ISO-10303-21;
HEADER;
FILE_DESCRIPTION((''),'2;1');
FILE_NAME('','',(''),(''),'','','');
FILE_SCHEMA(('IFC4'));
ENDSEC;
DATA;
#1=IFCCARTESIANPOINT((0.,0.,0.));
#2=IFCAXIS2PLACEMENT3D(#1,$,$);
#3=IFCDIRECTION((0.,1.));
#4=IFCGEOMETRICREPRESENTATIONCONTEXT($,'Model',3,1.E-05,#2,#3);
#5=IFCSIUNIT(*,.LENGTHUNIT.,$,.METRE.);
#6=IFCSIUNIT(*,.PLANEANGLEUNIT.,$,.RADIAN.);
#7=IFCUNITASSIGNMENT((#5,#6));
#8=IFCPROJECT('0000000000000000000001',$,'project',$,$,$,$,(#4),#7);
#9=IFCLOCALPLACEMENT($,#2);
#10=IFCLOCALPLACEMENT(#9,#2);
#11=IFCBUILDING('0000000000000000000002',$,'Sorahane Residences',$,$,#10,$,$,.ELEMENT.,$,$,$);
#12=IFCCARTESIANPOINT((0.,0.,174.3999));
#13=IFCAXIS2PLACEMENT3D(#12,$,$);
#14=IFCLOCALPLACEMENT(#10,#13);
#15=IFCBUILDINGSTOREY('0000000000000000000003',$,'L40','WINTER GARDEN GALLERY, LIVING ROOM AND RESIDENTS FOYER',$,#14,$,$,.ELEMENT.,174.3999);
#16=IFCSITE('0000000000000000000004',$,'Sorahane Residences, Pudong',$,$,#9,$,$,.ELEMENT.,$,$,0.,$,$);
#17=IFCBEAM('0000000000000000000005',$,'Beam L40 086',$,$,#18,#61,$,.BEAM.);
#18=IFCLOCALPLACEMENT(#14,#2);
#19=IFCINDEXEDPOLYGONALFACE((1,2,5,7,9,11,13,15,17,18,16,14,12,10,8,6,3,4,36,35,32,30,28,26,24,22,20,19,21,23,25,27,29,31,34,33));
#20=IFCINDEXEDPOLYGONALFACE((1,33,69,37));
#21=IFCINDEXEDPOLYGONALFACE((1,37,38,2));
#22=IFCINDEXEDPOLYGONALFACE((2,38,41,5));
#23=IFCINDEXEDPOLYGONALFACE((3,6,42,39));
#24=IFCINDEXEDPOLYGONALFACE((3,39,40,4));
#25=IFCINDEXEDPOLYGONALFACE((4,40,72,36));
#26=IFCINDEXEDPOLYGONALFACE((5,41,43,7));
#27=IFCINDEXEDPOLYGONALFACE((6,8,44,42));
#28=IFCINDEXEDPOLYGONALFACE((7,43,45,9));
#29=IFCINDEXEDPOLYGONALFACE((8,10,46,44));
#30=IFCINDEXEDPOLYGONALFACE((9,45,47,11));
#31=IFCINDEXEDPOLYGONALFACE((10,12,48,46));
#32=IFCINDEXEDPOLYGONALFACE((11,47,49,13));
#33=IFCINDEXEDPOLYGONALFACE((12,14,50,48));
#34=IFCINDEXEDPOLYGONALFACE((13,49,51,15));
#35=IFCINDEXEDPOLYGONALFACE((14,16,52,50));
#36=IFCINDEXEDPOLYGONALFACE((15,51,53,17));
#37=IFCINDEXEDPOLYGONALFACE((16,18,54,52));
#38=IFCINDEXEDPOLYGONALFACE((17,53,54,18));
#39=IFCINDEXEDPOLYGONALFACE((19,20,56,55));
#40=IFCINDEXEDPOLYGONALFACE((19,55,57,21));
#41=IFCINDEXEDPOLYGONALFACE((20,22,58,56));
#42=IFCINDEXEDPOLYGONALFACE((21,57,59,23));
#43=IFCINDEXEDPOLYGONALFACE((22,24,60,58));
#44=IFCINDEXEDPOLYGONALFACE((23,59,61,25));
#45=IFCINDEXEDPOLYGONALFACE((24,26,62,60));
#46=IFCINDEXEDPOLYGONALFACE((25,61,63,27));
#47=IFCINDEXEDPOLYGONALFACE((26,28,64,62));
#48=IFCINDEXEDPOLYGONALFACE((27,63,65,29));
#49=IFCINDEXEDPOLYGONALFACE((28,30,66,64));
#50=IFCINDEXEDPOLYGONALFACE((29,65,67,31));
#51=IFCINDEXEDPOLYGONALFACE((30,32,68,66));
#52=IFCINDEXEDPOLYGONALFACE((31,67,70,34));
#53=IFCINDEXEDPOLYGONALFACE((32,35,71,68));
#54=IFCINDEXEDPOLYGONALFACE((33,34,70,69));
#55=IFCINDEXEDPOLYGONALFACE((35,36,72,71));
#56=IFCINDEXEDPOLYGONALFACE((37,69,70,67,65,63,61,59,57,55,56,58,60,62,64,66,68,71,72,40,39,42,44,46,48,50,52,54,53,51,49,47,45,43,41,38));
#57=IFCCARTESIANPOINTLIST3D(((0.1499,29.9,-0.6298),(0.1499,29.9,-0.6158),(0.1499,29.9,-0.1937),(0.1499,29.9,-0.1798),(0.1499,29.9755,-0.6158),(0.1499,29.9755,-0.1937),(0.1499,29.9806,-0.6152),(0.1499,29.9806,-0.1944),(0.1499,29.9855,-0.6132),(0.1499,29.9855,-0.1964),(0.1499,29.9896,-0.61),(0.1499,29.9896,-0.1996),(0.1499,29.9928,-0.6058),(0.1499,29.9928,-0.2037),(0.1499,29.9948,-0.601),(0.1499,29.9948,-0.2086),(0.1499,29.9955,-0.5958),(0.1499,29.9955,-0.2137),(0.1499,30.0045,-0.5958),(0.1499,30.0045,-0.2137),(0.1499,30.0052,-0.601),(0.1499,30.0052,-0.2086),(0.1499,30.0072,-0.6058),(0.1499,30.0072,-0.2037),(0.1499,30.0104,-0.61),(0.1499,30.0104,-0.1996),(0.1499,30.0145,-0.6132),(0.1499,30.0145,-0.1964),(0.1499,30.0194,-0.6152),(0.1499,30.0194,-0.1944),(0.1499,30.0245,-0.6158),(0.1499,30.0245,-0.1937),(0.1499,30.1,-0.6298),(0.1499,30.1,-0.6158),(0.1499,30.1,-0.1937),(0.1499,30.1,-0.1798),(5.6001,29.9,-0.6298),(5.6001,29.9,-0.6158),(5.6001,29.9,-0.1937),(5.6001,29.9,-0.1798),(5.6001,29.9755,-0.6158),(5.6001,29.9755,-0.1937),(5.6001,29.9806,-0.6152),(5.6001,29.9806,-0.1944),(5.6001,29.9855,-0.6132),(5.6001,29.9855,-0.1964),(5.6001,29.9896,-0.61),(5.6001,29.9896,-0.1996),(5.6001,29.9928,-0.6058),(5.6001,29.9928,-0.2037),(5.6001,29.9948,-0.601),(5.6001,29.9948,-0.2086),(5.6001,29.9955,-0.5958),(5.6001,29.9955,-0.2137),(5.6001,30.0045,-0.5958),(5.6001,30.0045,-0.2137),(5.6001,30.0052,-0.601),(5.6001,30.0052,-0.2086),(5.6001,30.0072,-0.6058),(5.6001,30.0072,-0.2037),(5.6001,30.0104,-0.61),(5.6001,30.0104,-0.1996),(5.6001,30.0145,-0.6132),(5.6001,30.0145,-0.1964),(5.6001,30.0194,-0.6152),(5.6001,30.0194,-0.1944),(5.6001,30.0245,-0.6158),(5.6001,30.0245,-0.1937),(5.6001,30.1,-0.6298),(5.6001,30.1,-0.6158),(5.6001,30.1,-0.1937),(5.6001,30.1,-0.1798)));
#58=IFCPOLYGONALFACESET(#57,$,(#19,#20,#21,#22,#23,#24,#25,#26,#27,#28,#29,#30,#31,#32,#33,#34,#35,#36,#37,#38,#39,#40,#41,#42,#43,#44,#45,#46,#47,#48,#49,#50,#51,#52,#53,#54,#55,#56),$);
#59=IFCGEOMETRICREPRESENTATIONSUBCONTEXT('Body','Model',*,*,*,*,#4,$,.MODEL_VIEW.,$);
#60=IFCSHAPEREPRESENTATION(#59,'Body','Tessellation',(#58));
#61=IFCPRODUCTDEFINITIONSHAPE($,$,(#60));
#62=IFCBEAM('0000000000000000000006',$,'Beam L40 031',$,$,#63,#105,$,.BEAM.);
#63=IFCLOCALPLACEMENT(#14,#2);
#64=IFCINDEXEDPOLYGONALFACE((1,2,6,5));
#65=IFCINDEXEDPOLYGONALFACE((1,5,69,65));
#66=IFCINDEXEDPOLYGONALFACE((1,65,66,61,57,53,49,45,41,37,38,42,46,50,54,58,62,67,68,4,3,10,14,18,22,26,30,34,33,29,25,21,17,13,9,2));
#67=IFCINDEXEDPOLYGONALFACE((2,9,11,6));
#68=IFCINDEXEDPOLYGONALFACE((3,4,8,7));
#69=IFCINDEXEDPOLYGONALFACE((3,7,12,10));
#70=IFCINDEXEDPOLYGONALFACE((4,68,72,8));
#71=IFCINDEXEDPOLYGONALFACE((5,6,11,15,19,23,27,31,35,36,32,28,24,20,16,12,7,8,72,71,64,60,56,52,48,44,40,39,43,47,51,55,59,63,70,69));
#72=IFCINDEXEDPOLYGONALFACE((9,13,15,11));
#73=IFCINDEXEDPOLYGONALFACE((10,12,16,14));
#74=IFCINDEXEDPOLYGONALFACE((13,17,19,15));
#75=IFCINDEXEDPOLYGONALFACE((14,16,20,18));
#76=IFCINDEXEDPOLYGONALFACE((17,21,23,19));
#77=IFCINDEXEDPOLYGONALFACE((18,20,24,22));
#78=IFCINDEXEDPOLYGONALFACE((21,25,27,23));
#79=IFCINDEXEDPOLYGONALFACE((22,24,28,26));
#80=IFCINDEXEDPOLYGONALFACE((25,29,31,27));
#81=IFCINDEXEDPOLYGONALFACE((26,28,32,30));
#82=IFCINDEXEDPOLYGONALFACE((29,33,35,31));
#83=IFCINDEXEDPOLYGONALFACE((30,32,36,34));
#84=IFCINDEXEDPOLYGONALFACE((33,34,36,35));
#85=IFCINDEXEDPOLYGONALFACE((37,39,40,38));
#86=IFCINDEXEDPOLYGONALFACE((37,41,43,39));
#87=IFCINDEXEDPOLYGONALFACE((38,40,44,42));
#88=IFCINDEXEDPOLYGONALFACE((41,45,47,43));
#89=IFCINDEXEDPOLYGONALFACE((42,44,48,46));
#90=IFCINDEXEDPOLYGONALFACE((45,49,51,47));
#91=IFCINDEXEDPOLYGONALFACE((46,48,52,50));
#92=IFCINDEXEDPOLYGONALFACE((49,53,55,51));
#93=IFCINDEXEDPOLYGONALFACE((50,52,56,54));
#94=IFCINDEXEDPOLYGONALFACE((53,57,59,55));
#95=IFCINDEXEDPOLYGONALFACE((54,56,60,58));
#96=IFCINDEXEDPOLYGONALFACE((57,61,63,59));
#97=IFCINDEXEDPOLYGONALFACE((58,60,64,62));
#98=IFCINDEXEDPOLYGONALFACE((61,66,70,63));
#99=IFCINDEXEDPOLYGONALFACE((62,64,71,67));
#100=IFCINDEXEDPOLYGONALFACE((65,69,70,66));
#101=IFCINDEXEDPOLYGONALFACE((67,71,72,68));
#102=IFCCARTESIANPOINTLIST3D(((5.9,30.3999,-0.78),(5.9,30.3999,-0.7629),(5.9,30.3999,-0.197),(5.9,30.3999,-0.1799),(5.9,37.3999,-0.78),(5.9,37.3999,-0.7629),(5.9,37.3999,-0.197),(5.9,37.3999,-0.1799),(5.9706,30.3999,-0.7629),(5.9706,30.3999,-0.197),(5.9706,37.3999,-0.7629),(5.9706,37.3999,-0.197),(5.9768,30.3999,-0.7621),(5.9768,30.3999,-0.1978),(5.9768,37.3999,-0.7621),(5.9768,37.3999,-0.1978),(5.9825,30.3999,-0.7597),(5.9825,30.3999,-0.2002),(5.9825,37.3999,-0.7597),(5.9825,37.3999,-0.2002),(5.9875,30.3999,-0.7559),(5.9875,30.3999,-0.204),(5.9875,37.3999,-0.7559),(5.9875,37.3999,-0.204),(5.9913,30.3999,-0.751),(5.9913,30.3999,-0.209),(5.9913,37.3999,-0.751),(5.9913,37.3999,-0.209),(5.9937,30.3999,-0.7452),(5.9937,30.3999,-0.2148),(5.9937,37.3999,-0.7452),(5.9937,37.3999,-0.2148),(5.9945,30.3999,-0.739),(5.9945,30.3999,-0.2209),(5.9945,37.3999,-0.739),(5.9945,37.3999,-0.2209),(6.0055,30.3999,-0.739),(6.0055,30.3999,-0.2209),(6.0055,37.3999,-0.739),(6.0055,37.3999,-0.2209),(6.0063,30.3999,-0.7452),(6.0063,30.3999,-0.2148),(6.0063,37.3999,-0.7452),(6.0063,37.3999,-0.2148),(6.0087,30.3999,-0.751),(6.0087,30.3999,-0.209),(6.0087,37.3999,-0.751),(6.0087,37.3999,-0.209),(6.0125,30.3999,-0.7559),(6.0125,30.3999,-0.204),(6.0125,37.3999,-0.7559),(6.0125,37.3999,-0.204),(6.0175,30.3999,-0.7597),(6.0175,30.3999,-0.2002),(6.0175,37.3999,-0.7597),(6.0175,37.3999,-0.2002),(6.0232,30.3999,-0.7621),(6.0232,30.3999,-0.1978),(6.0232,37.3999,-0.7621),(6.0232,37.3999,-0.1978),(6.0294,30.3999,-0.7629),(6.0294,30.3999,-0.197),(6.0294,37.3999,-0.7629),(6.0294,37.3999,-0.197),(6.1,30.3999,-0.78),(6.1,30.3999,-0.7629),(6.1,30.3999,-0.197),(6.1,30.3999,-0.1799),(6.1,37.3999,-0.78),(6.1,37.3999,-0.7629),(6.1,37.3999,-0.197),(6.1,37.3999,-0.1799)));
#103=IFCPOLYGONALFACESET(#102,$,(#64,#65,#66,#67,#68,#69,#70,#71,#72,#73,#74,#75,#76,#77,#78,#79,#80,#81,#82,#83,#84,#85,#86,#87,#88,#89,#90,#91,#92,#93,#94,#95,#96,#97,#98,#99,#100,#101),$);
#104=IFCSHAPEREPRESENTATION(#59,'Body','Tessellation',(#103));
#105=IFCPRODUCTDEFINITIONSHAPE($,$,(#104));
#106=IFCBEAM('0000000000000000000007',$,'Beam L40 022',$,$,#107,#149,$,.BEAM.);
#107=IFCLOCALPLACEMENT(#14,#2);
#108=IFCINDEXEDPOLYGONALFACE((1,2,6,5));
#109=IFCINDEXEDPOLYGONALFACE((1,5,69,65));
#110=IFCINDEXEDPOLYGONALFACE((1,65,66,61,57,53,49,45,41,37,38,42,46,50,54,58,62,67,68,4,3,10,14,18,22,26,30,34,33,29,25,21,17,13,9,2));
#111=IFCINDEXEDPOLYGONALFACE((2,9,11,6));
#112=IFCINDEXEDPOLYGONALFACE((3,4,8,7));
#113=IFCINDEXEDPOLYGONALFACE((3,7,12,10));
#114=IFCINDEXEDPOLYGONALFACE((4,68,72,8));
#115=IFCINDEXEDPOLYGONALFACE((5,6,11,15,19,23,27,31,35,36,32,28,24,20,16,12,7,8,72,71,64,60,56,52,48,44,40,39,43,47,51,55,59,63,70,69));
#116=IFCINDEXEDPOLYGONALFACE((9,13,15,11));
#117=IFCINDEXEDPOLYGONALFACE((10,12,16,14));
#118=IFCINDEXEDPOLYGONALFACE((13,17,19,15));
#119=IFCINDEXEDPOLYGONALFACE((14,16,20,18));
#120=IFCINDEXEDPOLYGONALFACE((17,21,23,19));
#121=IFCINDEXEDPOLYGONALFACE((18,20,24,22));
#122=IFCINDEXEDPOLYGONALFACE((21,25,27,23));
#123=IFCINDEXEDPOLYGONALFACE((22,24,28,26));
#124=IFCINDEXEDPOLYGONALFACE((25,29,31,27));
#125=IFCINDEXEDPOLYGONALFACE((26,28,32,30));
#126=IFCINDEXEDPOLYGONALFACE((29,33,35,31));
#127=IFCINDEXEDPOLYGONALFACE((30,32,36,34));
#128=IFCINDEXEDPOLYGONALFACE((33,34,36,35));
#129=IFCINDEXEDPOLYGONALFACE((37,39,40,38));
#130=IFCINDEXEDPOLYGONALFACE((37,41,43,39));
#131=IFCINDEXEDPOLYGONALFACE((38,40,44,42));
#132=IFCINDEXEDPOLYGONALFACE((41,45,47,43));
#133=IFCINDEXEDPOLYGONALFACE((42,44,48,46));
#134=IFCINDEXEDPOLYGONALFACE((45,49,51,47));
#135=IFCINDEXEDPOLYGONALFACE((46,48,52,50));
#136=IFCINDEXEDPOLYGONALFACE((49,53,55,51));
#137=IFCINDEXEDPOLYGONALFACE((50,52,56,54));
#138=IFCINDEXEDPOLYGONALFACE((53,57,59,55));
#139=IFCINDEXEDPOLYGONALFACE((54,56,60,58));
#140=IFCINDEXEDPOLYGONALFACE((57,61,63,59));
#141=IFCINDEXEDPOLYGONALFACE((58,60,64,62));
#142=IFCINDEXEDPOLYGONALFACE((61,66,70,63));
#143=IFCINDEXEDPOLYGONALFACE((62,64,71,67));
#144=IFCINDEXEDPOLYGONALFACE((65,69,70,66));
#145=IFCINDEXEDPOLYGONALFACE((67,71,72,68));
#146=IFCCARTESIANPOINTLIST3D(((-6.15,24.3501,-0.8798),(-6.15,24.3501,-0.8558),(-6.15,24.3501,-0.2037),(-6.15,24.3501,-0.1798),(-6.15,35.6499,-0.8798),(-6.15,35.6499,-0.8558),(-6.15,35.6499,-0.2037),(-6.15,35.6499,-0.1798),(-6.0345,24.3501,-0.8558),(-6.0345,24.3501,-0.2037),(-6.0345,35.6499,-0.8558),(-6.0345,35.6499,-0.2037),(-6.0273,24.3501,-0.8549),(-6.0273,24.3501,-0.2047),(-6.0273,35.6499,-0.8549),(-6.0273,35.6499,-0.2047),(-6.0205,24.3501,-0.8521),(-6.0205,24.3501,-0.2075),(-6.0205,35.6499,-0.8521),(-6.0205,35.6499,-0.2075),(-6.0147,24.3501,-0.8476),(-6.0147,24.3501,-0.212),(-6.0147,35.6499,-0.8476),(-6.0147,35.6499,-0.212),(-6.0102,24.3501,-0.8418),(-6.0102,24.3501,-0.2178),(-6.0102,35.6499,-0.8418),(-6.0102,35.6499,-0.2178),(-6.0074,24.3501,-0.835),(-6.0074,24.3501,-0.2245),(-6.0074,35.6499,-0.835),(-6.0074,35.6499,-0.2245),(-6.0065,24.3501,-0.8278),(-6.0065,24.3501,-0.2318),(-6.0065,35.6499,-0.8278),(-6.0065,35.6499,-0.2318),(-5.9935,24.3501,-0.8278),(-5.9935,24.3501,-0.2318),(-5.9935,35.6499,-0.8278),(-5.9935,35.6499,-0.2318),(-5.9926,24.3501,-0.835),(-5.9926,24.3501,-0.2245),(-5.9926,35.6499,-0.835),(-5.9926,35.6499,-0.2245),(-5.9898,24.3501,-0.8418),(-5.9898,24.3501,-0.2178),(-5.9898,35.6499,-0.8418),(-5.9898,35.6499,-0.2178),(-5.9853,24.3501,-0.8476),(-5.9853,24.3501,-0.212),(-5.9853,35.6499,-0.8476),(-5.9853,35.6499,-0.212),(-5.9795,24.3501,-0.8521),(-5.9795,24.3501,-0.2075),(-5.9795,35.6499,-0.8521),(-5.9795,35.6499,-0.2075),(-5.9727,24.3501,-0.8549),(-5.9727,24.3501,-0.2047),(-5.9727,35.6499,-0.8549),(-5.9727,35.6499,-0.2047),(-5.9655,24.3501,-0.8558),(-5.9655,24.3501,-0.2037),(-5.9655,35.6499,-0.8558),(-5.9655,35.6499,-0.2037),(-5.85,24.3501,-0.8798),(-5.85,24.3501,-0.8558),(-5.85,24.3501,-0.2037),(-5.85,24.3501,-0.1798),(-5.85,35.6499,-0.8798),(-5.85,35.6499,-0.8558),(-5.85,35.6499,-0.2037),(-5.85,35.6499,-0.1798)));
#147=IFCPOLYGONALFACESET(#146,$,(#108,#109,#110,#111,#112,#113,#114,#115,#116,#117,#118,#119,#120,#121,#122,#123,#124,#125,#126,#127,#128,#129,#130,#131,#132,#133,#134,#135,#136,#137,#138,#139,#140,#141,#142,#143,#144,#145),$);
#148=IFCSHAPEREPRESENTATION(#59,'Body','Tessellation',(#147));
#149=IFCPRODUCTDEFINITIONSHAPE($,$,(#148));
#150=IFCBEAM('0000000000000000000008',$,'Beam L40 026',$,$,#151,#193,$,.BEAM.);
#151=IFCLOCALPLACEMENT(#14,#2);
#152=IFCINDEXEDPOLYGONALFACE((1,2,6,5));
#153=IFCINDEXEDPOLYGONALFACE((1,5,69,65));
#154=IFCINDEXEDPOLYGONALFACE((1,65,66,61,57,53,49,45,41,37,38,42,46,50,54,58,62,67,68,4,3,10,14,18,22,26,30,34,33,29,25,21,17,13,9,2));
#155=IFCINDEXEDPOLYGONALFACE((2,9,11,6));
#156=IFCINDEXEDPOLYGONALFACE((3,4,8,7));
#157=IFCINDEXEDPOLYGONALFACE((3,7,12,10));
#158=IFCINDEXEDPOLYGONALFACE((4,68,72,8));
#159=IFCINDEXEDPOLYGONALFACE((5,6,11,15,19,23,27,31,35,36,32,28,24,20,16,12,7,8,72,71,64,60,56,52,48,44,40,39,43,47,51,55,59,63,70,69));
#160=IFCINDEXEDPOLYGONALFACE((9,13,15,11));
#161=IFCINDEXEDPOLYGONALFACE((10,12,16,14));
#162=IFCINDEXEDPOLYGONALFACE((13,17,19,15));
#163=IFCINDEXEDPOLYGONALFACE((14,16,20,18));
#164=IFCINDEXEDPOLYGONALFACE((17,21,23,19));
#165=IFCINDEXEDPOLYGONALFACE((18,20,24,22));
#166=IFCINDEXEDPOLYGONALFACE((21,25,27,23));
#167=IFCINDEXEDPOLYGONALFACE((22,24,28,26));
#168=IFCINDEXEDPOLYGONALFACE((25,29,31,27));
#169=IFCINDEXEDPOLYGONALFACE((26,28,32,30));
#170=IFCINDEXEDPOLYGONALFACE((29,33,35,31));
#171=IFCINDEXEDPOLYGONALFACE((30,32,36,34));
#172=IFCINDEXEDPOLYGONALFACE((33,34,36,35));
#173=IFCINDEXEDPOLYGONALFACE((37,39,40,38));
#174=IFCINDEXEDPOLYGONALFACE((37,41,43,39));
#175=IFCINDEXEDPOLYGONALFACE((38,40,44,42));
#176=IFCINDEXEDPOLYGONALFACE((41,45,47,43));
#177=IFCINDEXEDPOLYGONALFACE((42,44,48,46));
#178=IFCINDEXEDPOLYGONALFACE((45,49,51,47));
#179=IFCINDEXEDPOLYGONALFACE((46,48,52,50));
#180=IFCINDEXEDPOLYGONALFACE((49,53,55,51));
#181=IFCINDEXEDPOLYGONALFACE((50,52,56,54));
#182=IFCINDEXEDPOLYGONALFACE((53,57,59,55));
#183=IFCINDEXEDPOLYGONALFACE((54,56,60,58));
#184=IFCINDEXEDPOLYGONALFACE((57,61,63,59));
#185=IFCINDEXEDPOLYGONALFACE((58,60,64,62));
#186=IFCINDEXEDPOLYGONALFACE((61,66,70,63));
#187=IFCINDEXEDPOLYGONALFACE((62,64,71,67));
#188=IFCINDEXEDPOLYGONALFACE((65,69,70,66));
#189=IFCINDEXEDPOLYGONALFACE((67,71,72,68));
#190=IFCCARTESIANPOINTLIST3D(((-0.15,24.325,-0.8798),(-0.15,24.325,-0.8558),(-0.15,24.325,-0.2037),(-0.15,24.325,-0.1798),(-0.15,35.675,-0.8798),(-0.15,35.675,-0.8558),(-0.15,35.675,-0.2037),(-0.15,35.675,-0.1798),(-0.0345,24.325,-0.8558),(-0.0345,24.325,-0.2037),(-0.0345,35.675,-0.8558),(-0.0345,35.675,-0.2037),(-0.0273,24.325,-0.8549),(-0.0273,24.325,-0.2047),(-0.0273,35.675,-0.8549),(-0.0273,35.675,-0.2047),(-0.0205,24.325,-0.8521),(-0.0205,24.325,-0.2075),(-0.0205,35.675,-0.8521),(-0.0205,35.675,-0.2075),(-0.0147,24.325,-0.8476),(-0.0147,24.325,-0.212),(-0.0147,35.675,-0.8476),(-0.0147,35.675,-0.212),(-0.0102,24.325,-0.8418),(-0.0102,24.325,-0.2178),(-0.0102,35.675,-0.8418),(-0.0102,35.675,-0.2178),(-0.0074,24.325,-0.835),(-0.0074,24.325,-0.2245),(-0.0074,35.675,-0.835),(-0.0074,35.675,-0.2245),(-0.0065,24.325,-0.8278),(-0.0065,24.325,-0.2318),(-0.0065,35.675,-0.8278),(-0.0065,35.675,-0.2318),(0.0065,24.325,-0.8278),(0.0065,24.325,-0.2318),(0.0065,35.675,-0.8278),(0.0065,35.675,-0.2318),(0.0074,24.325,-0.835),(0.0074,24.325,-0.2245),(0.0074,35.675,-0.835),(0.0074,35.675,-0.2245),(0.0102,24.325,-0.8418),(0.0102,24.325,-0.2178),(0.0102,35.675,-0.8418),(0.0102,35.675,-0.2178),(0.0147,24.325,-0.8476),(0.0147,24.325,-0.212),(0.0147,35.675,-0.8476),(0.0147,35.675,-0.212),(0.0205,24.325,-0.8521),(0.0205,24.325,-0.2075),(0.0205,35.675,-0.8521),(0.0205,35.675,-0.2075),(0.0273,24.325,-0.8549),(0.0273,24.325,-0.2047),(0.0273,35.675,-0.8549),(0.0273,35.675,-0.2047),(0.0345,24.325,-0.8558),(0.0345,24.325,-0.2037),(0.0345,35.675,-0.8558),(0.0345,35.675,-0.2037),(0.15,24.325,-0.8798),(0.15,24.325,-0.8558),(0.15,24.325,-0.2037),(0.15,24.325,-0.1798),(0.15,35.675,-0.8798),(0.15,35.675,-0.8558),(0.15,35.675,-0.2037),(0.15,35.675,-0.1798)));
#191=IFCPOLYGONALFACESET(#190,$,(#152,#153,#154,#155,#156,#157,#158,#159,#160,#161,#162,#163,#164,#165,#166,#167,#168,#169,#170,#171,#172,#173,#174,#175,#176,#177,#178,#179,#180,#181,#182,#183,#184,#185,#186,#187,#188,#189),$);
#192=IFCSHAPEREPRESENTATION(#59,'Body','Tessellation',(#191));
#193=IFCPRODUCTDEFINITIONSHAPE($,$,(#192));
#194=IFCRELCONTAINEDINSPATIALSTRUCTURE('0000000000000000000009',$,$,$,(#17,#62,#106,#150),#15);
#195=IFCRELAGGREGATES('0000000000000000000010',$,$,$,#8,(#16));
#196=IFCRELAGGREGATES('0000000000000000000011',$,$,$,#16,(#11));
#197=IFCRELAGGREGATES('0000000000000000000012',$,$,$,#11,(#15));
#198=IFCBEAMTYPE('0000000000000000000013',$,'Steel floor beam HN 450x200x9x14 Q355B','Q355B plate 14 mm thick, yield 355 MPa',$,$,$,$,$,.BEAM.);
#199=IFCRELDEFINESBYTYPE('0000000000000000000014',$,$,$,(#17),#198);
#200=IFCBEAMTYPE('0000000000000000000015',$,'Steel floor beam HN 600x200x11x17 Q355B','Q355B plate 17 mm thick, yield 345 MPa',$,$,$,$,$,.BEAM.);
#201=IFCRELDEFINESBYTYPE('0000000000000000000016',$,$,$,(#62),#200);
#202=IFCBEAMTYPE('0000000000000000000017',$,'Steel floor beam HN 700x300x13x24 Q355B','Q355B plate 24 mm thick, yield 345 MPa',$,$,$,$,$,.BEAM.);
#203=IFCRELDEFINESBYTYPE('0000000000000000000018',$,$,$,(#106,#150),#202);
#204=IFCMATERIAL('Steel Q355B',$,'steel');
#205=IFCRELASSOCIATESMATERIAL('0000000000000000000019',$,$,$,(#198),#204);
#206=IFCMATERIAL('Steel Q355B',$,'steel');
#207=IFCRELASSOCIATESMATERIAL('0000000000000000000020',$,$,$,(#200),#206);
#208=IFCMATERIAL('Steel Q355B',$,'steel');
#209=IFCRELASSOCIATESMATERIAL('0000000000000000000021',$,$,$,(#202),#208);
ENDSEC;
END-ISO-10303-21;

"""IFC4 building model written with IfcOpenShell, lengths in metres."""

from ifc_helpers import new_model, si_unit, direction, frame, origin, origin_2d, place, context, subcontext, project, spatial, i_section, extrude, material, material_profile, profile_set, type_object, element, save


model = new_model("IFC4")

# Units and contexts
model_context = context("Model", 3, precision=1e-05, world=origin(), true_north=direction((0.0, 1.0)))
body_context = subcontext(model_context, "Body", "Model", "MODEL_VIEW")
ifc_project = project(units=[si_unit("LENGTHUNIT", "METRE"), si_unit("PLANEANGLEUNIT", "RADIAN")], contexts=[model_context])

# Site, building, storey
site_placement = place(None, origin())
site = spatial("IfcSite", under=ifc_project, at=site_placement, Name="Sorahane Residences, Pudong", CompositionType="ELEMENT", RefElevation=0.0)
building_placement = place(site_placement, origin())
building = spatial("IfcBuilding", under=site, at=building_placement, Name="Sorahane Residences", CompositionType="ELEMENT")
storey_placement = place(building_placement, frame((0.0, 0.0, 174.3999)))
storey = spatial("IfcBuildingStorey", under=building, at=storey_placement, Name="L40", Description="WINTER GARDEN GALLERY, LIVING ROOM AND RESIDENTS FOYER", CompositionType="ELEMENT", Elevation=174.3999)

# Beams
ifc_material_1 = material(Name="Steel Q355B", Category="steel")
ifc_material_profile_1 = material_profile(ifc_material_1, i_section(OverallWidth=0.2, OverallDepth=0.45, WebThickness=0.009, FlangeThickness=0.0139, FilletRadius=0.02, at=origin_2d()), Name="HN 450x200x9x14")
ifc_profile_set_1 = profile_set([ifc_material_profile_1], Name="Steel Q355B")
beam_type_1 = type_object("IfcBeamType", Name="Steel floor beam HN 450x200x9x14 Q355B", Description="Q355B plate 14 mm thick, yield 355 MPa", PredefinedType="BEAM", material=ifc_profile_set_1)
beam_1_placement = place(storey_placement, frame((0.1499, 30.0, -0.4048), z_axis=(1.0, 0.0, 0.0), x_axis=(0.0, 1.0, 0.0)))
element("IfcBeam", 1, at=beam_1_placement, inside=storey, type_object=beam_type_1, Name="Beam L40 086", PredefinedType="BEAM", context=body_context, shape_type="SweptSolid", body=[
    extrude(i_section(OverallWidth=0.2, OverallDepth=0.45, WebThickness=0.009, FlangeThickness=0.0139, FilletRadius=0.02, at=origin_2d()), origin(), (0.0, 0.0, 1.0), 5.4502),
])
ifc_material_2 = material(Name="Steel Q355B", Category="steel")
ifc_material_profile_2 = material_profile(ifc_material_2, i_section(OverallWidth=0.2, OverallDepth=0.6001, WebThickness=0.011, FlangeThickness=0.0171, FilletRadius=0.0239, at=origin_2d()), Name="HN 600x200x11x17")
ifc_profile_set_2 = profile_set([ifc_material_profile_2], Name="Steel Q355B")
beam_type_2 = type_object("IfcBeamType", Name="Steel floor beam HN 600x200x11x17 Q355B", Description="Q355B plate 17 mm thick, yield 345 MPa", PredefinedType="BEAM", material=ifc_profile_set_2)
beam_2_placement = place(storey_placement, frame((6.0, 30.3999, -0.48), z_axis=(0.0, 1.0, 0.0), x_axis=(-1.0, 0.0, 0.0)))
element("IfcBeam", 2, at=beam_2_placement, inside=storey, type_object=beam_type_2, Name="Beam L40 031", PredefinedType="BEAM", context=body_context, shape_type="SweptSolid", body=[
    extrude(i_section(OverallWidth=0.2, OverallDepth=0.6001, WebThickness=0.011, FlangeThickness=0.0171, FilletRadius=0.0239, at=origin_2d()), origin(), (0.0, 0.0, 1.0), 7.0),
])
ifc_material_3 = material(Name="Steel Q355B", Category="steel")
ifc_material_profile_3 = material_profile(ifc_material_3, i_section(OverallWidth=0.3, OverallDepth=0.7, WebThickness=0.0129, FlangeThickness=0.0239, FilletRadius=0.0281, at=origin_2d()), Name="HN 700x300x13x24")
ifc_profile_set_3 = profile_set([ifc_material_profile_3], Name="Steel Q355B")
beam_type_3 = type_object("IfcBeamType", Name="Steel floor beam HN 700x300x13x24 Q355B", Description="Q355B plate 24 mm thick, yield 345 MPa", PredefinedType="BEAM", material=ifc_profile_set_3)
beam_3_placement = place(storey_placement, frame((-6.0, 24.3501, -0.5298), z_axis=(0.0, 1.0, 0.0), x_axis=(-1.0, 0.0, 0.0)))
element("IfcBeam", 3, at=beam_3_placement, inside=storey, type_object=beam_type_3, Name="Beam L40 022", PredefinedType="BEAM", context=body_context, shape_type="SweptSolid", body=[
    extrude(i_section(OverallWidth=0.3, OverallDepth=0.7, WebThickness=0.0129, FlangeThickness=0.0239, FilletRadius=0.0281, at=origin_2d()), origin(), (0.0, 0.0, 1.0), 11.2998),
])
beam_4_placement = place(storey_placement, frame((0.0, 24.325, -0.5298), z_axis=(0.0, 1.0, 0.0), x_axis=(-1.0, 0.0, 0.0)))
element("IfcBeam", 4, at=beam_4_placement, inside=storey, type_object=beam_type_3, Name="Beam L40 026", PredefinedType="BEAM", context=body_context, shape_type="SweptSolid", body=[
    extrude(i_section(OverallWidth=0.3, OverallDepth=0.7, WebThickness=0.0129, FlangeThickness=0.0239, FilletRadius=0.0281, at=origin_2d()), origin(), (0.0, 0.0, 1.0), 11.3501),
])

save(model, "model.ifc")
